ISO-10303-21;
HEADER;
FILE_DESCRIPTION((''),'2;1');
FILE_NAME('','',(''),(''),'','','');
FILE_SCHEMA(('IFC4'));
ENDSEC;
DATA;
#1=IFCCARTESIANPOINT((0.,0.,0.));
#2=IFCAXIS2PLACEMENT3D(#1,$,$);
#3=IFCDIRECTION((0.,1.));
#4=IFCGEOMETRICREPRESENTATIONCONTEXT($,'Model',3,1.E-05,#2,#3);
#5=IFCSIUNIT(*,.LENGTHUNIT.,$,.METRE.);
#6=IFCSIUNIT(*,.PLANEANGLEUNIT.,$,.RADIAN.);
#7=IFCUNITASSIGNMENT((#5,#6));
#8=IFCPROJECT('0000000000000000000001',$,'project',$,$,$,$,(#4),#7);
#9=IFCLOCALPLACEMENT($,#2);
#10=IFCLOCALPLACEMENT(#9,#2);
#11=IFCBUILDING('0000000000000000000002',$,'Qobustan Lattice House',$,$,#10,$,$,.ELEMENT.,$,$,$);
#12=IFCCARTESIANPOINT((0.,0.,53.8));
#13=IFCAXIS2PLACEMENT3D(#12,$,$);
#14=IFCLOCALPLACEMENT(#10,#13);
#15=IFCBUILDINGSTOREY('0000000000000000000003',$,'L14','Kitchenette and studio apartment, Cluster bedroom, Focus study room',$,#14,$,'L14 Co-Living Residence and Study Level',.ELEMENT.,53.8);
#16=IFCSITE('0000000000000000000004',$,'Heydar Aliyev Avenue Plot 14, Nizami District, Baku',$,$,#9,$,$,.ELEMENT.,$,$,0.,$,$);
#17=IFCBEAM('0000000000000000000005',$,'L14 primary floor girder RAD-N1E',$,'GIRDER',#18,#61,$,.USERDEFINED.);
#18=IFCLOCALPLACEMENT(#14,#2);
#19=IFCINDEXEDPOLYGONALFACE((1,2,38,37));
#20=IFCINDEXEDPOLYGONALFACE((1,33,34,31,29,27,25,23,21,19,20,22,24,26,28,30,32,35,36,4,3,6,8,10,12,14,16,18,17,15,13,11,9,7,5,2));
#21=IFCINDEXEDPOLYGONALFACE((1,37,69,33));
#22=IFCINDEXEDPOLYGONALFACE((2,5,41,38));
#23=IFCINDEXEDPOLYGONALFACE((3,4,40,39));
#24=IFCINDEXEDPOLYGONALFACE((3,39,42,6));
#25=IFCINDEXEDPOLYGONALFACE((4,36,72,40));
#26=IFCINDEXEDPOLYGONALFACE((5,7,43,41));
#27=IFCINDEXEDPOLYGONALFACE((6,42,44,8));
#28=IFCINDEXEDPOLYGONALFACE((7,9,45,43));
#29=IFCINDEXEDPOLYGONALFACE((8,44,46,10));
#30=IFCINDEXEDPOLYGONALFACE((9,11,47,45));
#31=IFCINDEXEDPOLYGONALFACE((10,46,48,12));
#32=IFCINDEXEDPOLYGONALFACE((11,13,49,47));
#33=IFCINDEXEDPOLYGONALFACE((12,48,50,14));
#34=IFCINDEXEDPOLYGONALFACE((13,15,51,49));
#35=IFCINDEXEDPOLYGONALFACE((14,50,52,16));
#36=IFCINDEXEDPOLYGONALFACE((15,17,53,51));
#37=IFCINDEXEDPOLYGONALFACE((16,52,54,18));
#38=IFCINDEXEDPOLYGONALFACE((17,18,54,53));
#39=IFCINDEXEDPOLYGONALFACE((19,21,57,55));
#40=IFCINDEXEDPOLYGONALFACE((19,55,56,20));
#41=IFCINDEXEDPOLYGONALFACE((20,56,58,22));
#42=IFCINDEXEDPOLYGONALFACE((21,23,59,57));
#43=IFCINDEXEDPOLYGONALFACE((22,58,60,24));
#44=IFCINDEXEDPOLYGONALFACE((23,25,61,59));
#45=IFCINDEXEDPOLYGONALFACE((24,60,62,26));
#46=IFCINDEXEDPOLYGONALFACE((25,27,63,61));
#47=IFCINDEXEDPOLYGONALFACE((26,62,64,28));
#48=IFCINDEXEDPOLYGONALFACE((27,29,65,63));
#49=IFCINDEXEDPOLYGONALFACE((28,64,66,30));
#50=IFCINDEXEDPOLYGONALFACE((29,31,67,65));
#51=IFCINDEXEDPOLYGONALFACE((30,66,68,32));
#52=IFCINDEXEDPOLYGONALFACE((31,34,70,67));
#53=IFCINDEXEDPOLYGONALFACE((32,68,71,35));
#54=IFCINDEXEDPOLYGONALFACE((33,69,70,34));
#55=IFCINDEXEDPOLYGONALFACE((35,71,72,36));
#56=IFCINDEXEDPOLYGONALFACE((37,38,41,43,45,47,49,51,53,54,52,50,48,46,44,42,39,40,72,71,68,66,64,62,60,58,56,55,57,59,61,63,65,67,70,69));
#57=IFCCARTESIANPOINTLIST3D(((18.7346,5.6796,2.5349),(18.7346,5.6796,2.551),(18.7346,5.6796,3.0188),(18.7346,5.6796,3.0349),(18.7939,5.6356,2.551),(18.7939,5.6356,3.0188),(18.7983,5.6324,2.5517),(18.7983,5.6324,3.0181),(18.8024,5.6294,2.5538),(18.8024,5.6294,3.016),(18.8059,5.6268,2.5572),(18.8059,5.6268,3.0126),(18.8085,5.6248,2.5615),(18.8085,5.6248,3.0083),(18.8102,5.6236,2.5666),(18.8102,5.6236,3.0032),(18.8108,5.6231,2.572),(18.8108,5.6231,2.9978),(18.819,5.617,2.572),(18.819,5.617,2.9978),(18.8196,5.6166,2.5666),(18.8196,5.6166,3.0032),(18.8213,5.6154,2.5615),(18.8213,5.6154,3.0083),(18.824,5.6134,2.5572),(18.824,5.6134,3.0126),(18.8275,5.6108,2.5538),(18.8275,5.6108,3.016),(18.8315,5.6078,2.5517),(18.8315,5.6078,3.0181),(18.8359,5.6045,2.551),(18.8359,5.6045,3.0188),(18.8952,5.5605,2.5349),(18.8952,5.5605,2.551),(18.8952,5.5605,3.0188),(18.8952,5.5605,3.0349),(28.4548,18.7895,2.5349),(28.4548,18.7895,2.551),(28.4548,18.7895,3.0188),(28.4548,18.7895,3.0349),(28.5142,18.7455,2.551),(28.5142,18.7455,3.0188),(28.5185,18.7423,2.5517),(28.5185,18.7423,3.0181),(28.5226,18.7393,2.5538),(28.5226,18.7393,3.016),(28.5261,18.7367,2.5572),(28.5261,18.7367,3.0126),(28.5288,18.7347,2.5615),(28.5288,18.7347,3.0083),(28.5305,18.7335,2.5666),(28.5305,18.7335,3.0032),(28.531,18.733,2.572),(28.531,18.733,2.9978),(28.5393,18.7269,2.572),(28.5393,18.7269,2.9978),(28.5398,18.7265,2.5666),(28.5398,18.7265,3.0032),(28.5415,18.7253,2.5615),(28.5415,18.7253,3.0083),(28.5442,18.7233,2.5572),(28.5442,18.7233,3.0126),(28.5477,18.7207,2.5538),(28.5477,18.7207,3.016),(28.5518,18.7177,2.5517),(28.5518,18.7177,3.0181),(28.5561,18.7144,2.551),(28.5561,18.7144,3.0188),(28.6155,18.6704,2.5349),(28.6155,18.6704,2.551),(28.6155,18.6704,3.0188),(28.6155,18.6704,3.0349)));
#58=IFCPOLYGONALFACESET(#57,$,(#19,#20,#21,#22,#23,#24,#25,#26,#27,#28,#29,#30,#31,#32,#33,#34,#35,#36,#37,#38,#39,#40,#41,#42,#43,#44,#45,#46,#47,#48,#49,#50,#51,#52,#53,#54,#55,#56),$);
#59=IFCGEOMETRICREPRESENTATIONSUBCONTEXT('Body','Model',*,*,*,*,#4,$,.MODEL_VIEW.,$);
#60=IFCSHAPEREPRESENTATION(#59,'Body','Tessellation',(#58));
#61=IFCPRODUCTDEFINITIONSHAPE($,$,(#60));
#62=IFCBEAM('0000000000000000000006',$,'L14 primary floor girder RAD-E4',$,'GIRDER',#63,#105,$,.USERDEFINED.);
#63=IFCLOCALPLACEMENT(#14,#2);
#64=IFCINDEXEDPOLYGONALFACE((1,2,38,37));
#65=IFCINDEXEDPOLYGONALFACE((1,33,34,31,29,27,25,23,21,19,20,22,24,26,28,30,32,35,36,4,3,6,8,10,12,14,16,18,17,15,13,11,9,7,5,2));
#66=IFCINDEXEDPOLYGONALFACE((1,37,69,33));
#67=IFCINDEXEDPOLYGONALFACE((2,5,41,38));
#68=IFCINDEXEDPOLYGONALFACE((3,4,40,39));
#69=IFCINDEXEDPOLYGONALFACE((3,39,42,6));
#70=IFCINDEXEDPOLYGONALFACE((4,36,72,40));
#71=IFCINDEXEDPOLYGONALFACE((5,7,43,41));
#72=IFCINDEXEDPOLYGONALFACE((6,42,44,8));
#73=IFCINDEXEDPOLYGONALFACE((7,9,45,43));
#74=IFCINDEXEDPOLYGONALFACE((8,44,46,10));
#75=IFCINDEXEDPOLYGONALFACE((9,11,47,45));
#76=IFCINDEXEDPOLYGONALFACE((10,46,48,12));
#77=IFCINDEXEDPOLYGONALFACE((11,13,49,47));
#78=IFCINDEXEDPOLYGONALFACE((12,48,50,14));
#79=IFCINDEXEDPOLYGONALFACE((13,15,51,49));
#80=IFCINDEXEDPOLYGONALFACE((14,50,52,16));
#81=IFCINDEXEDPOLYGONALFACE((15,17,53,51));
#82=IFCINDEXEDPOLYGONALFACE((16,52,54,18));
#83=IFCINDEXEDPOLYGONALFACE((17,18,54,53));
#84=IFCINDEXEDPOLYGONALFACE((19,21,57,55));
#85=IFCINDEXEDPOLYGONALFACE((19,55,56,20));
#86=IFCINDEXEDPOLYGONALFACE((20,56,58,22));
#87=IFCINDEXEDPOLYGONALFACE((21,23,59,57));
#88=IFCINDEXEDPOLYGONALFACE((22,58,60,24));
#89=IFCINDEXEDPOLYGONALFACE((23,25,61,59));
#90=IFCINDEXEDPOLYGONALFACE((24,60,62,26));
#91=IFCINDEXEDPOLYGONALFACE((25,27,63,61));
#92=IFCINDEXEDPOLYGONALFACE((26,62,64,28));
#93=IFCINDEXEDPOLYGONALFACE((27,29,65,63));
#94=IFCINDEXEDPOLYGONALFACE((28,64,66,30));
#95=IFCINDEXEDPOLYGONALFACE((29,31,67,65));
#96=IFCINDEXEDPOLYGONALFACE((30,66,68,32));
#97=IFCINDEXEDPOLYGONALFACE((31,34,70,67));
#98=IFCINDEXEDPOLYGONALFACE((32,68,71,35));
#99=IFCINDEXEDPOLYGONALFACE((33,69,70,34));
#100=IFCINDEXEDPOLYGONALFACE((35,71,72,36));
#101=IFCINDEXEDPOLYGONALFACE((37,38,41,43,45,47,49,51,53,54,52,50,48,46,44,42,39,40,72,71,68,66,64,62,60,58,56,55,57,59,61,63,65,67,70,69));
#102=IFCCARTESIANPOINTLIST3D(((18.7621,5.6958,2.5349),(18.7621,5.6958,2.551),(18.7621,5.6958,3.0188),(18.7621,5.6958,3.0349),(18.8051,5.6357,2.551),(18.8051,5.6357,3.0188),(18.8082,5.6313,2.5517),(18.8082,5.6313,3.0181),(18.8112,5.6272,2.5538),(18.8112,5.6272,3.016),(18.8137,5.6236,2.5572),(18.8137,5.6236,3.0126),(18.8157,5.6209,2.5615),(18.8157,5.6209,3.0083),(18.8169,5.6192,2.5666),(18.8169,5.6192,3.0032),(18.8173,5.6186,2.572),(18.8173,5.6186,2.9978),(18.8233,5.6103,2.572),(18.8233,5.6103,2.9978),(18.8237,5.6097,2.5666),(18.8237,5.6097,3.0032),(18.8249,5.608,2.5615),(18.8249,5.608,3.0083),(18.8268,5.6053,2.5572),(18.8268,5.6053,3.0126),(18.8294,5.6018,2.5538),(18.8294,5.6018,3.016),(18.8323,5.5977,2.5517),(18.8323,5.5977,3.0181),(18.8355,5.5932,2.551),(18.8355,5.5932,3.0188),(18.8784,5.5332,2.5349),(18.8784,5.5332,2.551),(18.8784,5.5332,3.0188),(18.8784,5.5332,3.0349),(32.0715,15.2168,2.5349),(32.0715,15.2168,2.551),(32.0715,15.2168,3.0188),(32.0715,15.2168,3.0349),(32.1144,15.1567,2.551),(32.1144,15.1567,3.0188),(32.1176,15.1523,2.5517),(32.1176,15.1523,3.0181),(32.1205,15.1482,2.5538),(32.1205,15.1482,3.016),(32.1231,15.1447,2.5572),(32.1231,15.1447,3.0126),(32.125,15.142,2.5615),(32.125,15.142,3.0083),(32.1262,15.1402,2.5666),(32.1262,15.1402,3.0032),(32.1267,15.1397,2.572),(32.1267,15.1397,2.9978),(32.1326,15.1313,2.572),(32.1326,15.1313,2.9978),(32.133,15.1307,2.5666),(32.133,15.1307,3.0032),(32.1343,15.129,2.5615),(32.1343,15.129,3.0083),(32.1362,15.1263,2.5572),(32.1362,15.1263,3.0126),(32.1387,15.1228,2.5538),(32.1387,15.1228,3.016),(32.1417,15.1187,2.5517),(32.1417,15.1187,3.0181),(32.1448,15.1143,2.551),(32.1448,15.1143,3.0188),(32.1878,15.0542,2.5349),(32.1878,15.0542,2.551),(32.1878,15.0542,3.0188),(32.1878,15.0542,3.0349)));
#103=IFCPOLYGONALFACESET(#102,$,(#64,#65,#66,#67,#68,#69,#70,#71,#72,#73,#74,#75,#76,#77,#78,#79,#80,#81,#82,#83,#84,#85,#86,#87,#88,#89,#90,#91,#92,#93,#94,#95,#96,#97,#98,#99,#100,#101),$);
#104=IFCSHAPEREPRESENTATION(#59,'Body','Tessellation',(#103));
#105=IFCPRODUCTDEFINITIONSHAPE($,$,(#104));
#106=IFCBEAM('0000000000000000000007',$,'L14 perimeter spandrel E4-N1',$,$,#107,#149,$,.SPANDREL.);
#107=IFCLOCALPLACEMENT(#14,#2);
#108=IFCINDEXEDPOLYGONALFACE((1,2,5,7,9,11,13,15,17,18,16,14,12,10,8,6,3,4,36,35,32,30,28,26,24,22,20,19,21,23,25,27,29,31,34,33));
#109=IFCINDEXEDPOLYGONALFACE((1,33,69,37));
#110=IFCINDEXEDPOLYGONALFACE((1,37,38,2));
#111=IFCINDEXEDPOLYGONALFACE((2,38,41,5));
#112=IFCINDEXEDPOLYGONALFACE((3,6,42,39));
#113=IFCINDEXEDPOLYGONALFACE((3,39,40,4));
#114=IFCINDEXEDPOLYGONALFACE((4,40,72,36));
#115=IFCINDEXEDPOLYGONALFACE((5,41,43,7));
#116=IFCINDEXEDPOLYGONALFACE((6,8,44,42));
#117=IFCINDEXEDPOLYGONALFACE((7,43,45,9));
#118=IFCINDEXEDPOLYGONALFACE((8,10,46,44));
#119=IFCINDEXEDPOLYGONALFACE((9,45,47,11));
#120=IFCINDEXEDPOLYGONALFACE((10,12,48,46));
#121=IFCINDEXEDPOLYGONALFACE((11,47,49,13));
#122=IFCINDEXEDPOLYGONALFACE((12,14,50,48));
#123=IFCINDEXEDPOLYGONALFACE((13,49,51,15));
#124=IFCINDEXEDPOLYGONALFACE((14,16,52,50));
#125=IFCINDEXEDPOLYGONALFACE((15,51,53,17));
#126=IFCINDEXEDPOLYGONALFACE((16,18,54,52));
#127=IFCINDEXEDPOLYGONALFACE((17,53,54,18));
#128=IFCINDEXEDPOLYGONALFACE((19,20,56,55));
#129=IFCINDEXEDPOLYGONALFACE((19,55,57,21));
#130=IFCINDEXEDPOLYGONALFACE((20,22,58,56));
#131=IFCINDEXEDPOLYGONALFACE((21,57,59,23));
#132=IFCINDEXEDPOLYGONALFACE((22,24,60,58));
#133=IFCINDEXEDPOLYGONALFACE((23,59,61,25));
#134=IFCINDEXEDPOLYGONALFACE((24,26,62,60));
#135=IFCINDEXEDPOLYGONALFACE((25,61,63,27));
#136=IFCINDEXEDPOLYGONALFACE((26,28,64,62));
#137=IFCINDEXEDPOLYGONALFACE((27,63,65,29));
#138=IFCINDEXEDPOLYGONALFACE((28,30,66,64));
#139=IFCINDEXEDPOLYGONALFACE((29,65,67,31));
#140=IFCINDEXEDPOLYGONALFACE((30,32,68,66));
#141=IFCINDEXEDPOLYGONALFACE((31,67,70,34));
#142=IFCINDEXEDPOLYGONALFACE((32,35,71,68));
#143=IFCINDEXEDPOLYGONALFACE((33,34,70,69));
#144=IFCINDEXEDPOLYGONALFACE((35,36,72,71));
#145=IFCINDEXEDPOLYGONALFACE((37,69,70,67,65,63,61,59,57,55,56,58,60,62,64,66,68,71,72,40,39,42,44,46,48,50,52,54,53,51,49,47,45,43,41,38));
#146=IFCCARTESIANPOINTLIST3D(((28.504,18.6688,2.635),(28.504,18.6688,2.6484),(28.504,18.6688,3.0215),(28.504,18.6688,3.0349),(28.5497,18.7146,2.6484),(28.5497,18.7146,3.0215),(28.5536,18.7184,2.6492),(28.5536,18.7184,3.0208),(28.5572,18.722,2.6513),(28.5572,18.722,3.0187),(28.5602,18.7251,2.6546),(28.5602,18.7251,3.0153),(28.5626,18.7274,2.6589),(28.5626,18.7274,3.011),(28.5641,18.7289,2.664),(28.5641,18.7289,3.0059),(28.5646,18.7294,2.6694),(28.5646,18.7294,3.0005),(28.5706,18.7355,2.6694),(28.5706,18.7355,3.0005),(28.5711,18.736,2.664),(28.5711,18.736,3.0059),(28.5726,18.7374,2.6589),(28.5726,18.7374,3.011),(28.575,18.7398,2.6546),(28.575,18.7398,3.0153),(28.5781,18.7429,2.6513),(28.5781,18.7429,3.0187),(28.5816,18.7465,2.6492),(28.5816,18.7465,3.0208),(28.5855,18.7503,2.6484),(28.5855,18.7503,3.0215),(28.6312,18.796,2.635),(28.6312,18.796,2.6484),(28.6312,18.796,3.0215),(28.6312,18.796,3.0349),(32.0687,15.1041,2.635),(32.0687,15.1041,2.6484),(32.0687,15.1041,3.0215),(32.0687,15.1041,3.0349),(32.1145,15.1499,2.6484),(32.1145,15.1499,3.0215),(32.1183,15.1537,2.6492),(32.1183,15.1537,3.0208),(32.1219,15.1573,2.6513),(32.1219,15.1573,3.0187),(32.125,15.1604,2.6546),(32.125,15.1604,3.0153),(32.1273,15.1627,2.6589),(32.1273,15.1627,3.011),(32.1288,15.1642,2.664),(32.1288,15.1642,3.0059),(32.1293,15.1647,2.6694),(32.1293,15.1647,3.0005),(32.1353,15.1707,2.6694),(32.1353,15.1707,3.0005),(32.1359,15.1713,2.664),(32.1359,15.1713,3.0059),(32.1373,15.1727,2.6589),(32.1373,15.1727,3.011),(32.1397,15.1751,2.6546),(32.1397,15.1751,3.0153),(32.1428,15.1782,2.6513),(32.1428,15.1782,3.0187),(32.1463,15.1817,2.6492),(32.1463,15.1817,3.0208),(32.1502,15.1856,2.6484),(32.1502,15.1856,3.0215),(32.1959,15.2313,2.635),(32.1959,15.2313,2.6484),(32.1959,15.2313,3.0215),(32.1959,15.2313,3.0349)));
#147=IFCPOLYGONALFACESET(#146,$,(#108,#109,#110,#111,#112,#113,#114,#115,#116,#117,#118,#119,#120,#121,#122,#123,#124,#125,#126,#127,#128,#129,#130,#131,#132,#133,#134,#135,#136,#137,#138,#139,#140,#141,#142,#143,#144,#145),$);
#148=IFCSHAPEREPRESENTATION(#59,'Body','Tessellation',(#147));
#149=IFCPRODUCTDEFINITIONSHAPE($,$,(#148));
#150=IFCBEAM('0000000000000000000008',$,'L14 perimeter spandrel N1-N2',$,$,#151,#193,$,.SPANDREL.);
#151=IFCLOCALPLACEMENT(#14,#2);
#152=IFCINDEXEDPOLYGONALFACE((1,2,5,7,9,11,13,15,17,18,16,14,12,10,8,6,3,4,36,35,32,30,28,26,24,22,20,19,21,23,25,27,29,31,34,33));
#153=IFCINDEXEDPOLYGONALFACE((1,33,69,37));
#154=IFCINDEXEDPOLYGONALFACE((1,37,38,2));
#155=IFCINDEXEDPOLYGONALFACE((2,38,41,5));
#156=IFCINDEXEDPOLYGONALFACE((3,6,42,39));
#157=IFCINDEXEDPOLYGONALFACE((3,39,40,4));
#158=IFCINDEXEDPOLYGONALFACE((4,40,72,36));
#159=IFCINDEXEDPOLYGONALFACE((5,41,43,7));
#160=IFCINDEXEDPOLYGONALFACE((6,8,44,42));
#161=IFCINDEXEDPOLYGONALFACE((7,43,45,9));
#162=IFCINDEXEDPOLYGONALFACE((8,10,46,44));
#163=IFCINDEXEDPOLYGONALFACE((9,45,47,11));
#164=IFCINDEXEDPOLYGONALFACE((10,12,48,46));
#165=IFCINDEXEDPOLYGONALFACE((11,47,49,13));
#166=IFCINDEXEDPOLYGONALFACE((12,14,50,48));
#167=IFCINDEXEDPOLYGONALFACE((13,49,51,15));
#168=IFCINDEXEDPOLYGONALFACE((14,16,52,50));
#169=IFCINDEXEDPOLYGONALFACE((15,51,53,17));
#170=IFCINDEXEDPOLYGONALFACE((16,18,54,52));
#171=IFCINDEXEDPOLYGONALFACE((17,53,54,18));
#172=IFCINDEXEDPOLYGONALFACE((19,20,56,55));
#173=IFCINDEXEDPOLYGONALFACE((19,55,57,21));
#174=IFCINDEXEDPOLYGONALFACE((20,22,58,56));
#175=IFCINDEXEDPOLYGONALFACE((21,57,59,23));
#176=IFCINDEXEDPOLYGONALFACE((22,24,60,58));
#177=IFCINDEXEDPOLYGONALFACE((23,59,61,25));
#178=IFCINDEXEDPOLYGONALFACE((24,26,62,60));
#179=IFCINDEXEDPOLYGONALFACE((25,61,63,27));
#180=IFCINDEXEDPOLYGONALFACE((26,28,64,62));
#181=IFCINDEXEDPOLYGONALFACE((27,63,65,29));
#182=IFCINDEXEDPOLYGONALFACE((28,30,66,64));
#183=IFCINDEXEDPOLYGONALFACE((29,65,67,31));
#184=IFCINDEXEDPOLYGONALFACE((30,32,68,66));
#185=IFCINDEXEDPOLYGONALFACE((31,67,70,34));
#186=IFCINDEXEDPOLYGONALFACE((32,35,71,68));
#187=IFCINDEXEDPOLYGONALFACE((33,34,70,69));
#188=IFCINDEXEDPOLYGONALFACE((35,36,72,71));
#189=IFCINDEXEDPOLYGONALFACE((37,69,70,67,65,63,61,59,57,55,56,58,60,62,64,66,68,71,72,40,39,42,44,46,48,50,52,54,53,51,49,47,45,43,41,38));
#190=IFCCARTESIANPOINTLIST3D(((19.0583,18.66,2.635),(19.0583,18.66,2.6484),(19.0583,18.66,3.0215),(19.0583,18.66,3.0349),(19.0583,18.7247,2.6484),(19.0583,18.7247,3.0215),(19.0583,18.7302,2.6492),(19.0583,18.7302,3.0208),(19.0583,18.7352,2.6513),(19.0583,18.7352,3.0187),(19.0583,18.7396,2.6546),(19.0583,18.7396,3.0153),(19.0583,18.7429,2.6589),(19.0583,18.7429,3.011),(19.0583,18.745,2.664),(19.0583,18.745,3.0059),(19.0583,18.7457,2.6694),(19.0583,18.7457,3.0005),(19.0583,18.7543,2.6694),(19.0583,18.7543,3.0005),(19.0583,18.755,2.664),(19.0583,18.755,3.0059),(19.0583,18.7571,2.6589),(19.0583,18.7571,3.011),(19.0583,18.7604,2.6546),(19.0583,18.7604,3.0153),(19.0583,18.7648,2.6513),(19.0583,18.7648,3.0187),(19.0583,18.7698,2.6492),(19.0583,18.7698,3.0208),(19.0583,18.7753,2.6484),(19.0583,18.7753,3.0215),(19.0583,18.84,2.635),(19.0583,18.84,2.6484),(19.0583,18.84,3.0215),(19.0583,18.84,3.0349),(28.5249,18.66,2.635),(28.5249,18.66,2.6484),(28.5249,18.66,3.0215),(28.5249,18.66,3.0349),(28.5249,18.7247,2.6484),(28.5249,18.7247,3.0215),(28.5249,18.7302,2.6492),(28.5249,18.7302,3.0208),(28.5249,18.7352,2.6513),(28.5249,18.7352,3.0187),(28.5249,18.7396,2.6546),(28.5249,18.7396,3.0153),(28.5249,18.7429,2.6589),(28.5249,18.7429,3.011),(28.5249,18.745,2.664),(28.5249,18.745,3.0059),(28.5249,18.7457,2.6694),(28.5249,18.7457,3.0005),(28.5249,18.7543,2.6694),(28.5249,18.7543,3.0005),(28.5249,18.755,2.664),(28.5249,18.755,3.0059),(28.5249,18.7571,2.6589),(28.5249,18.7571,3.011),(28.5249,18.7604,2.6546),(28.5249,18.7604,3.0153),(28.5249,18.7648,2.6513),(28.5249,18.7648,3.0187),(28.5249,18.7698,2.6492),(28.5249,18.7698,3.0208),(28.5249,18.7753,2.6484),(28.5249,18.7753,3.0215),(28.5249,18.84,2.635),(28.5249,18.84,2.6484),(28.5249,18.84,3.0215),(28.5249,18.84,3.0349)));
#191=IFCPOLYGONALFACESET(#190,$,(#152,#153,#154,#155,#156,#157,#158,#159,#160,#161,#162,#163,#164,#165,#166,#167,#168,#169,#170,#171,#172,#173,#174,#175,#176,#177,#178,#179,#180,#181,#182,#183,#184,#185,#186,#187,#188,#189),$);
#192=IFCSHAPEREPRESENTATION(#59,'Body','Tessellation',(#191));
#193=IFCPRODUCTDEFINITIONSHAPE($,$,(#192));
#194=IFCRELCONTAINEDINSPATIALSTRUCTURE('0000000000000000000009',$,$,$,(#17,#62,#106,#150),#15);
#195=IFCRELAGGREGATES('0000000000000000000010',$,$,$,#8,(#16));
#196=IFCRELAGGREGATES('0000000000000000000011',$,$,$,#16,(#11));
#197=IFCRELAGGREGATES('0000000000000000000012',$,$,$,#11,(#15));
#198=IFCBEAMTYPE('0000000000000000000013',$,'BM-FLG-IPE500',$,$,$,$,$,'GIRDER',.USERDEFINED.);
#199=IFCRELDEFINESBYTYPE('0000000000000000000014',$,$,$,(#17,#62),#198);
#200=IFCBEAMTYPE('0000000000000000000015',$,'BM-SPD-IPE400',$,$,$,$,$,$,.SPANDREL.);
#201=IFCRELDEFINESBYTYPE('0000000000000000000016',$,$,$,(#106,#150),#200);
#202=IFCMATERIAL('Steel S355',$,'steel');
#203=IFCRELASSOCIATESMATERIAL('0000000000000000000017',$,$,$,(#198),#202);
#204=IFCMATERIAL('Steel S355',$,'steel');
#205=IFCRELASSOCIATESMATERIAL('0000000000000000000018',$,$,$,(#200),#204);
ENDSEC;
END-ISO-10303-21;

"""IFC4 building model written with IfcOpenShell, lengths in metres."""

from ifc_helpers import new_model, si_unit, direction, frame, origin, origin_2d, place, context, subcontext, project, spatial, i_section, extrude, material, material_profile, profile_set, type_object, element, save


model = new_model("IFC4")

# Units and contexts
model_context = context("Model", 3, precision=1e-05, world=origin(), true_north=direction((0.0, 1.0)))
body_context = subcontext(model_context, "Body", "Model", "MODEL_VIEW")
ifc_project = project(units=[si_unit("LENGTHUNIT", "METRE"), si_unit("PLANEANGLEUNIT", "RADIAN")], contexts=[model_context])

# Site, building, storey
site_placement = place(None, origin())
site = spatial("IfcSite", under=ifc_project, at=site_placement, Name="Heydar Aliyev Avenue Plot 14, Nizami District, Baku", CompositionType="ELEMENT", RefElevation=0.0)
building_placement = place(site_placement, origin())
building = spatial("IfcBuilding", under=site, at=building_placement, Name="Qobustan Lattice House", CompositionType="ELEMENT")
storey_placement = place(building_placement, frame((0.0, 0.0, 53.8)))
storey = spatial("IfcBuildingStorey", under=building, at=storey_placement, Name="L14", Description="Kitchenette and studio apartment, Cluster bedroom, Focus study room", LongName="L14 Co-Living Residence and Study Level", CompositionType="ELEMENT", Elevation=53.8)

# Beams
ifc_material_1 = material(Name="Steel S355", Category="steel")
ifc_material_profile_1 = material_profile(ifc_material_1, i_section(OverallWidth=0.2, OverallDepth=0.5, WebThickness=0.0103, FlangeThickness=0.0161, FilletRadius=0.021, at=origin_2d()), Name="IPE500")
ifc_profile_set_1 = profile_set([ifc_material_profile_1], Name="Steel S355")
beam_type_1 = type_object("IfcBeamType", Name="BM-FLG-IPE500", ElementType="GIRDER", PredefinedType="USERDEFINED", material=ifc_profile_set_1)
beam_1_placement = place(storey_placement, frame((28.5352, 18.73, 2.7849), z_axis=(-0.595592, -0.803287, 0.0), x_axis=(0.803287, -0.595592, 0.0)))
element("IfcBeam", 1, at=beam_1_placement, inside=storey, type_object=beam_type_1, Name="L14 primary floor girder RAD-N1E", ObjectType="GIRDER", PredefinedType="USERDEFINED", context=body_context, shape_type="SweptSolid", body=[
    extrude(i_section(OverallWidth=0.2, OverallDepth=0.5, WebThickness=0.0103, FlangeThickness=0.0161, FilletRadius=0.021, at=origin_2d()), origin(), (0.0, 0.0, 1.0), 16.3203),
])
beam_2_placement = place(storey_placement, frame((32.1296, 15.1355, 2.7849), z_axis=(-0.813319, -0.581818, 0.0), x_axis=(0.581818, -0.813319, 0.0)))
element("IfcBeam", 2, at=beam_2_placement, inside=storey, type_object=beam_type_1, Name="L14 primary floor girder RAD-E4", ObjectType="GIRDER", PredefinedType="USERDEFINED", context=body_context, shape_type="SweptSolid", body=[
    extrude(i_section(OverallWidth=0.2, OverallDepth=0.5, WebThickness=0.0103, FlangeThickness=0.0161, FilletRadius=0.021, at=origin_2d()), origin(), (0.0, 0.0, 1.0), 16.3643),
])
ifc_material_2 = material(Name="Steel S355", Category="steel")
ifc_material_profile_2 = material_profile(ifc_material_2, i_section(OverallWidth=0.1799, OverallDepth=0.3999, WebThickness=0.0085, FlangeThickness=0.0134, FilletRadius=0.021, at=origin_2d()), Name="IPE400")
ifc_profile_set_2 = profile_set([ifc_material_profile_2], Name="Steel S355")
beam_type_2 = type_object("IfcBeamType", Name="BM-SPD-IPE400", PredefinedType="SPANDREL", material=ifc_profile_set_2)
beam_3_placement = place(storey_placement, frame((32.1323, 15.1677, 2.835), z_axis=(-0.707107, 0.707107, 0.0), x_axis=(-0.707107, -0.707107, 0.0)))
element("IfcBeam", 3, at=beam_3_placement, inside=storey, type_object=beam_type_2, Name="L14 perimeter spandrel E4-N1", PredefinedType="SPANDREL", context=body_context, shape_type="SweptSolid", body=[
    extrude(i_section(OverallWidth=0.1799, OverallDepth=0.3999, WebThickness=0.0085, FlangeThickness=0.0134, FilletRadius=0.021, at=origin_2d()), origin(), (0.0, 0.0, 1.0), 5.0413),
])
for number, where, z_axis, x_axis, name in (
    (4, (28.5249, 18.75, 2.835), (-1.0, 0.0, 0.0), (0.0, -1.0, 0.0), "L14 perimeter spandrel N1-N2"),
):
    element("IfcBeam", number, at=place(storey_placement, frame(where, z_axis=z_axis, x_axis=x_axis)), inside=storey, type_object=beam_type_2, Name=name, PredefinedType="SPANDREL", context=body_context, shape_type="SweptSolid", body=[
        extrude(i_section(OverallWidth=0.1799, OverallDepth=0.3999, WebThickness=0.0085, FlangeThickness=0.0134, FilletRadius=0.021, at=origin_2d()), origin(), (0.0, 0.0, 1.0), 9.4666),
    ])

save(model, "model.ifc")
